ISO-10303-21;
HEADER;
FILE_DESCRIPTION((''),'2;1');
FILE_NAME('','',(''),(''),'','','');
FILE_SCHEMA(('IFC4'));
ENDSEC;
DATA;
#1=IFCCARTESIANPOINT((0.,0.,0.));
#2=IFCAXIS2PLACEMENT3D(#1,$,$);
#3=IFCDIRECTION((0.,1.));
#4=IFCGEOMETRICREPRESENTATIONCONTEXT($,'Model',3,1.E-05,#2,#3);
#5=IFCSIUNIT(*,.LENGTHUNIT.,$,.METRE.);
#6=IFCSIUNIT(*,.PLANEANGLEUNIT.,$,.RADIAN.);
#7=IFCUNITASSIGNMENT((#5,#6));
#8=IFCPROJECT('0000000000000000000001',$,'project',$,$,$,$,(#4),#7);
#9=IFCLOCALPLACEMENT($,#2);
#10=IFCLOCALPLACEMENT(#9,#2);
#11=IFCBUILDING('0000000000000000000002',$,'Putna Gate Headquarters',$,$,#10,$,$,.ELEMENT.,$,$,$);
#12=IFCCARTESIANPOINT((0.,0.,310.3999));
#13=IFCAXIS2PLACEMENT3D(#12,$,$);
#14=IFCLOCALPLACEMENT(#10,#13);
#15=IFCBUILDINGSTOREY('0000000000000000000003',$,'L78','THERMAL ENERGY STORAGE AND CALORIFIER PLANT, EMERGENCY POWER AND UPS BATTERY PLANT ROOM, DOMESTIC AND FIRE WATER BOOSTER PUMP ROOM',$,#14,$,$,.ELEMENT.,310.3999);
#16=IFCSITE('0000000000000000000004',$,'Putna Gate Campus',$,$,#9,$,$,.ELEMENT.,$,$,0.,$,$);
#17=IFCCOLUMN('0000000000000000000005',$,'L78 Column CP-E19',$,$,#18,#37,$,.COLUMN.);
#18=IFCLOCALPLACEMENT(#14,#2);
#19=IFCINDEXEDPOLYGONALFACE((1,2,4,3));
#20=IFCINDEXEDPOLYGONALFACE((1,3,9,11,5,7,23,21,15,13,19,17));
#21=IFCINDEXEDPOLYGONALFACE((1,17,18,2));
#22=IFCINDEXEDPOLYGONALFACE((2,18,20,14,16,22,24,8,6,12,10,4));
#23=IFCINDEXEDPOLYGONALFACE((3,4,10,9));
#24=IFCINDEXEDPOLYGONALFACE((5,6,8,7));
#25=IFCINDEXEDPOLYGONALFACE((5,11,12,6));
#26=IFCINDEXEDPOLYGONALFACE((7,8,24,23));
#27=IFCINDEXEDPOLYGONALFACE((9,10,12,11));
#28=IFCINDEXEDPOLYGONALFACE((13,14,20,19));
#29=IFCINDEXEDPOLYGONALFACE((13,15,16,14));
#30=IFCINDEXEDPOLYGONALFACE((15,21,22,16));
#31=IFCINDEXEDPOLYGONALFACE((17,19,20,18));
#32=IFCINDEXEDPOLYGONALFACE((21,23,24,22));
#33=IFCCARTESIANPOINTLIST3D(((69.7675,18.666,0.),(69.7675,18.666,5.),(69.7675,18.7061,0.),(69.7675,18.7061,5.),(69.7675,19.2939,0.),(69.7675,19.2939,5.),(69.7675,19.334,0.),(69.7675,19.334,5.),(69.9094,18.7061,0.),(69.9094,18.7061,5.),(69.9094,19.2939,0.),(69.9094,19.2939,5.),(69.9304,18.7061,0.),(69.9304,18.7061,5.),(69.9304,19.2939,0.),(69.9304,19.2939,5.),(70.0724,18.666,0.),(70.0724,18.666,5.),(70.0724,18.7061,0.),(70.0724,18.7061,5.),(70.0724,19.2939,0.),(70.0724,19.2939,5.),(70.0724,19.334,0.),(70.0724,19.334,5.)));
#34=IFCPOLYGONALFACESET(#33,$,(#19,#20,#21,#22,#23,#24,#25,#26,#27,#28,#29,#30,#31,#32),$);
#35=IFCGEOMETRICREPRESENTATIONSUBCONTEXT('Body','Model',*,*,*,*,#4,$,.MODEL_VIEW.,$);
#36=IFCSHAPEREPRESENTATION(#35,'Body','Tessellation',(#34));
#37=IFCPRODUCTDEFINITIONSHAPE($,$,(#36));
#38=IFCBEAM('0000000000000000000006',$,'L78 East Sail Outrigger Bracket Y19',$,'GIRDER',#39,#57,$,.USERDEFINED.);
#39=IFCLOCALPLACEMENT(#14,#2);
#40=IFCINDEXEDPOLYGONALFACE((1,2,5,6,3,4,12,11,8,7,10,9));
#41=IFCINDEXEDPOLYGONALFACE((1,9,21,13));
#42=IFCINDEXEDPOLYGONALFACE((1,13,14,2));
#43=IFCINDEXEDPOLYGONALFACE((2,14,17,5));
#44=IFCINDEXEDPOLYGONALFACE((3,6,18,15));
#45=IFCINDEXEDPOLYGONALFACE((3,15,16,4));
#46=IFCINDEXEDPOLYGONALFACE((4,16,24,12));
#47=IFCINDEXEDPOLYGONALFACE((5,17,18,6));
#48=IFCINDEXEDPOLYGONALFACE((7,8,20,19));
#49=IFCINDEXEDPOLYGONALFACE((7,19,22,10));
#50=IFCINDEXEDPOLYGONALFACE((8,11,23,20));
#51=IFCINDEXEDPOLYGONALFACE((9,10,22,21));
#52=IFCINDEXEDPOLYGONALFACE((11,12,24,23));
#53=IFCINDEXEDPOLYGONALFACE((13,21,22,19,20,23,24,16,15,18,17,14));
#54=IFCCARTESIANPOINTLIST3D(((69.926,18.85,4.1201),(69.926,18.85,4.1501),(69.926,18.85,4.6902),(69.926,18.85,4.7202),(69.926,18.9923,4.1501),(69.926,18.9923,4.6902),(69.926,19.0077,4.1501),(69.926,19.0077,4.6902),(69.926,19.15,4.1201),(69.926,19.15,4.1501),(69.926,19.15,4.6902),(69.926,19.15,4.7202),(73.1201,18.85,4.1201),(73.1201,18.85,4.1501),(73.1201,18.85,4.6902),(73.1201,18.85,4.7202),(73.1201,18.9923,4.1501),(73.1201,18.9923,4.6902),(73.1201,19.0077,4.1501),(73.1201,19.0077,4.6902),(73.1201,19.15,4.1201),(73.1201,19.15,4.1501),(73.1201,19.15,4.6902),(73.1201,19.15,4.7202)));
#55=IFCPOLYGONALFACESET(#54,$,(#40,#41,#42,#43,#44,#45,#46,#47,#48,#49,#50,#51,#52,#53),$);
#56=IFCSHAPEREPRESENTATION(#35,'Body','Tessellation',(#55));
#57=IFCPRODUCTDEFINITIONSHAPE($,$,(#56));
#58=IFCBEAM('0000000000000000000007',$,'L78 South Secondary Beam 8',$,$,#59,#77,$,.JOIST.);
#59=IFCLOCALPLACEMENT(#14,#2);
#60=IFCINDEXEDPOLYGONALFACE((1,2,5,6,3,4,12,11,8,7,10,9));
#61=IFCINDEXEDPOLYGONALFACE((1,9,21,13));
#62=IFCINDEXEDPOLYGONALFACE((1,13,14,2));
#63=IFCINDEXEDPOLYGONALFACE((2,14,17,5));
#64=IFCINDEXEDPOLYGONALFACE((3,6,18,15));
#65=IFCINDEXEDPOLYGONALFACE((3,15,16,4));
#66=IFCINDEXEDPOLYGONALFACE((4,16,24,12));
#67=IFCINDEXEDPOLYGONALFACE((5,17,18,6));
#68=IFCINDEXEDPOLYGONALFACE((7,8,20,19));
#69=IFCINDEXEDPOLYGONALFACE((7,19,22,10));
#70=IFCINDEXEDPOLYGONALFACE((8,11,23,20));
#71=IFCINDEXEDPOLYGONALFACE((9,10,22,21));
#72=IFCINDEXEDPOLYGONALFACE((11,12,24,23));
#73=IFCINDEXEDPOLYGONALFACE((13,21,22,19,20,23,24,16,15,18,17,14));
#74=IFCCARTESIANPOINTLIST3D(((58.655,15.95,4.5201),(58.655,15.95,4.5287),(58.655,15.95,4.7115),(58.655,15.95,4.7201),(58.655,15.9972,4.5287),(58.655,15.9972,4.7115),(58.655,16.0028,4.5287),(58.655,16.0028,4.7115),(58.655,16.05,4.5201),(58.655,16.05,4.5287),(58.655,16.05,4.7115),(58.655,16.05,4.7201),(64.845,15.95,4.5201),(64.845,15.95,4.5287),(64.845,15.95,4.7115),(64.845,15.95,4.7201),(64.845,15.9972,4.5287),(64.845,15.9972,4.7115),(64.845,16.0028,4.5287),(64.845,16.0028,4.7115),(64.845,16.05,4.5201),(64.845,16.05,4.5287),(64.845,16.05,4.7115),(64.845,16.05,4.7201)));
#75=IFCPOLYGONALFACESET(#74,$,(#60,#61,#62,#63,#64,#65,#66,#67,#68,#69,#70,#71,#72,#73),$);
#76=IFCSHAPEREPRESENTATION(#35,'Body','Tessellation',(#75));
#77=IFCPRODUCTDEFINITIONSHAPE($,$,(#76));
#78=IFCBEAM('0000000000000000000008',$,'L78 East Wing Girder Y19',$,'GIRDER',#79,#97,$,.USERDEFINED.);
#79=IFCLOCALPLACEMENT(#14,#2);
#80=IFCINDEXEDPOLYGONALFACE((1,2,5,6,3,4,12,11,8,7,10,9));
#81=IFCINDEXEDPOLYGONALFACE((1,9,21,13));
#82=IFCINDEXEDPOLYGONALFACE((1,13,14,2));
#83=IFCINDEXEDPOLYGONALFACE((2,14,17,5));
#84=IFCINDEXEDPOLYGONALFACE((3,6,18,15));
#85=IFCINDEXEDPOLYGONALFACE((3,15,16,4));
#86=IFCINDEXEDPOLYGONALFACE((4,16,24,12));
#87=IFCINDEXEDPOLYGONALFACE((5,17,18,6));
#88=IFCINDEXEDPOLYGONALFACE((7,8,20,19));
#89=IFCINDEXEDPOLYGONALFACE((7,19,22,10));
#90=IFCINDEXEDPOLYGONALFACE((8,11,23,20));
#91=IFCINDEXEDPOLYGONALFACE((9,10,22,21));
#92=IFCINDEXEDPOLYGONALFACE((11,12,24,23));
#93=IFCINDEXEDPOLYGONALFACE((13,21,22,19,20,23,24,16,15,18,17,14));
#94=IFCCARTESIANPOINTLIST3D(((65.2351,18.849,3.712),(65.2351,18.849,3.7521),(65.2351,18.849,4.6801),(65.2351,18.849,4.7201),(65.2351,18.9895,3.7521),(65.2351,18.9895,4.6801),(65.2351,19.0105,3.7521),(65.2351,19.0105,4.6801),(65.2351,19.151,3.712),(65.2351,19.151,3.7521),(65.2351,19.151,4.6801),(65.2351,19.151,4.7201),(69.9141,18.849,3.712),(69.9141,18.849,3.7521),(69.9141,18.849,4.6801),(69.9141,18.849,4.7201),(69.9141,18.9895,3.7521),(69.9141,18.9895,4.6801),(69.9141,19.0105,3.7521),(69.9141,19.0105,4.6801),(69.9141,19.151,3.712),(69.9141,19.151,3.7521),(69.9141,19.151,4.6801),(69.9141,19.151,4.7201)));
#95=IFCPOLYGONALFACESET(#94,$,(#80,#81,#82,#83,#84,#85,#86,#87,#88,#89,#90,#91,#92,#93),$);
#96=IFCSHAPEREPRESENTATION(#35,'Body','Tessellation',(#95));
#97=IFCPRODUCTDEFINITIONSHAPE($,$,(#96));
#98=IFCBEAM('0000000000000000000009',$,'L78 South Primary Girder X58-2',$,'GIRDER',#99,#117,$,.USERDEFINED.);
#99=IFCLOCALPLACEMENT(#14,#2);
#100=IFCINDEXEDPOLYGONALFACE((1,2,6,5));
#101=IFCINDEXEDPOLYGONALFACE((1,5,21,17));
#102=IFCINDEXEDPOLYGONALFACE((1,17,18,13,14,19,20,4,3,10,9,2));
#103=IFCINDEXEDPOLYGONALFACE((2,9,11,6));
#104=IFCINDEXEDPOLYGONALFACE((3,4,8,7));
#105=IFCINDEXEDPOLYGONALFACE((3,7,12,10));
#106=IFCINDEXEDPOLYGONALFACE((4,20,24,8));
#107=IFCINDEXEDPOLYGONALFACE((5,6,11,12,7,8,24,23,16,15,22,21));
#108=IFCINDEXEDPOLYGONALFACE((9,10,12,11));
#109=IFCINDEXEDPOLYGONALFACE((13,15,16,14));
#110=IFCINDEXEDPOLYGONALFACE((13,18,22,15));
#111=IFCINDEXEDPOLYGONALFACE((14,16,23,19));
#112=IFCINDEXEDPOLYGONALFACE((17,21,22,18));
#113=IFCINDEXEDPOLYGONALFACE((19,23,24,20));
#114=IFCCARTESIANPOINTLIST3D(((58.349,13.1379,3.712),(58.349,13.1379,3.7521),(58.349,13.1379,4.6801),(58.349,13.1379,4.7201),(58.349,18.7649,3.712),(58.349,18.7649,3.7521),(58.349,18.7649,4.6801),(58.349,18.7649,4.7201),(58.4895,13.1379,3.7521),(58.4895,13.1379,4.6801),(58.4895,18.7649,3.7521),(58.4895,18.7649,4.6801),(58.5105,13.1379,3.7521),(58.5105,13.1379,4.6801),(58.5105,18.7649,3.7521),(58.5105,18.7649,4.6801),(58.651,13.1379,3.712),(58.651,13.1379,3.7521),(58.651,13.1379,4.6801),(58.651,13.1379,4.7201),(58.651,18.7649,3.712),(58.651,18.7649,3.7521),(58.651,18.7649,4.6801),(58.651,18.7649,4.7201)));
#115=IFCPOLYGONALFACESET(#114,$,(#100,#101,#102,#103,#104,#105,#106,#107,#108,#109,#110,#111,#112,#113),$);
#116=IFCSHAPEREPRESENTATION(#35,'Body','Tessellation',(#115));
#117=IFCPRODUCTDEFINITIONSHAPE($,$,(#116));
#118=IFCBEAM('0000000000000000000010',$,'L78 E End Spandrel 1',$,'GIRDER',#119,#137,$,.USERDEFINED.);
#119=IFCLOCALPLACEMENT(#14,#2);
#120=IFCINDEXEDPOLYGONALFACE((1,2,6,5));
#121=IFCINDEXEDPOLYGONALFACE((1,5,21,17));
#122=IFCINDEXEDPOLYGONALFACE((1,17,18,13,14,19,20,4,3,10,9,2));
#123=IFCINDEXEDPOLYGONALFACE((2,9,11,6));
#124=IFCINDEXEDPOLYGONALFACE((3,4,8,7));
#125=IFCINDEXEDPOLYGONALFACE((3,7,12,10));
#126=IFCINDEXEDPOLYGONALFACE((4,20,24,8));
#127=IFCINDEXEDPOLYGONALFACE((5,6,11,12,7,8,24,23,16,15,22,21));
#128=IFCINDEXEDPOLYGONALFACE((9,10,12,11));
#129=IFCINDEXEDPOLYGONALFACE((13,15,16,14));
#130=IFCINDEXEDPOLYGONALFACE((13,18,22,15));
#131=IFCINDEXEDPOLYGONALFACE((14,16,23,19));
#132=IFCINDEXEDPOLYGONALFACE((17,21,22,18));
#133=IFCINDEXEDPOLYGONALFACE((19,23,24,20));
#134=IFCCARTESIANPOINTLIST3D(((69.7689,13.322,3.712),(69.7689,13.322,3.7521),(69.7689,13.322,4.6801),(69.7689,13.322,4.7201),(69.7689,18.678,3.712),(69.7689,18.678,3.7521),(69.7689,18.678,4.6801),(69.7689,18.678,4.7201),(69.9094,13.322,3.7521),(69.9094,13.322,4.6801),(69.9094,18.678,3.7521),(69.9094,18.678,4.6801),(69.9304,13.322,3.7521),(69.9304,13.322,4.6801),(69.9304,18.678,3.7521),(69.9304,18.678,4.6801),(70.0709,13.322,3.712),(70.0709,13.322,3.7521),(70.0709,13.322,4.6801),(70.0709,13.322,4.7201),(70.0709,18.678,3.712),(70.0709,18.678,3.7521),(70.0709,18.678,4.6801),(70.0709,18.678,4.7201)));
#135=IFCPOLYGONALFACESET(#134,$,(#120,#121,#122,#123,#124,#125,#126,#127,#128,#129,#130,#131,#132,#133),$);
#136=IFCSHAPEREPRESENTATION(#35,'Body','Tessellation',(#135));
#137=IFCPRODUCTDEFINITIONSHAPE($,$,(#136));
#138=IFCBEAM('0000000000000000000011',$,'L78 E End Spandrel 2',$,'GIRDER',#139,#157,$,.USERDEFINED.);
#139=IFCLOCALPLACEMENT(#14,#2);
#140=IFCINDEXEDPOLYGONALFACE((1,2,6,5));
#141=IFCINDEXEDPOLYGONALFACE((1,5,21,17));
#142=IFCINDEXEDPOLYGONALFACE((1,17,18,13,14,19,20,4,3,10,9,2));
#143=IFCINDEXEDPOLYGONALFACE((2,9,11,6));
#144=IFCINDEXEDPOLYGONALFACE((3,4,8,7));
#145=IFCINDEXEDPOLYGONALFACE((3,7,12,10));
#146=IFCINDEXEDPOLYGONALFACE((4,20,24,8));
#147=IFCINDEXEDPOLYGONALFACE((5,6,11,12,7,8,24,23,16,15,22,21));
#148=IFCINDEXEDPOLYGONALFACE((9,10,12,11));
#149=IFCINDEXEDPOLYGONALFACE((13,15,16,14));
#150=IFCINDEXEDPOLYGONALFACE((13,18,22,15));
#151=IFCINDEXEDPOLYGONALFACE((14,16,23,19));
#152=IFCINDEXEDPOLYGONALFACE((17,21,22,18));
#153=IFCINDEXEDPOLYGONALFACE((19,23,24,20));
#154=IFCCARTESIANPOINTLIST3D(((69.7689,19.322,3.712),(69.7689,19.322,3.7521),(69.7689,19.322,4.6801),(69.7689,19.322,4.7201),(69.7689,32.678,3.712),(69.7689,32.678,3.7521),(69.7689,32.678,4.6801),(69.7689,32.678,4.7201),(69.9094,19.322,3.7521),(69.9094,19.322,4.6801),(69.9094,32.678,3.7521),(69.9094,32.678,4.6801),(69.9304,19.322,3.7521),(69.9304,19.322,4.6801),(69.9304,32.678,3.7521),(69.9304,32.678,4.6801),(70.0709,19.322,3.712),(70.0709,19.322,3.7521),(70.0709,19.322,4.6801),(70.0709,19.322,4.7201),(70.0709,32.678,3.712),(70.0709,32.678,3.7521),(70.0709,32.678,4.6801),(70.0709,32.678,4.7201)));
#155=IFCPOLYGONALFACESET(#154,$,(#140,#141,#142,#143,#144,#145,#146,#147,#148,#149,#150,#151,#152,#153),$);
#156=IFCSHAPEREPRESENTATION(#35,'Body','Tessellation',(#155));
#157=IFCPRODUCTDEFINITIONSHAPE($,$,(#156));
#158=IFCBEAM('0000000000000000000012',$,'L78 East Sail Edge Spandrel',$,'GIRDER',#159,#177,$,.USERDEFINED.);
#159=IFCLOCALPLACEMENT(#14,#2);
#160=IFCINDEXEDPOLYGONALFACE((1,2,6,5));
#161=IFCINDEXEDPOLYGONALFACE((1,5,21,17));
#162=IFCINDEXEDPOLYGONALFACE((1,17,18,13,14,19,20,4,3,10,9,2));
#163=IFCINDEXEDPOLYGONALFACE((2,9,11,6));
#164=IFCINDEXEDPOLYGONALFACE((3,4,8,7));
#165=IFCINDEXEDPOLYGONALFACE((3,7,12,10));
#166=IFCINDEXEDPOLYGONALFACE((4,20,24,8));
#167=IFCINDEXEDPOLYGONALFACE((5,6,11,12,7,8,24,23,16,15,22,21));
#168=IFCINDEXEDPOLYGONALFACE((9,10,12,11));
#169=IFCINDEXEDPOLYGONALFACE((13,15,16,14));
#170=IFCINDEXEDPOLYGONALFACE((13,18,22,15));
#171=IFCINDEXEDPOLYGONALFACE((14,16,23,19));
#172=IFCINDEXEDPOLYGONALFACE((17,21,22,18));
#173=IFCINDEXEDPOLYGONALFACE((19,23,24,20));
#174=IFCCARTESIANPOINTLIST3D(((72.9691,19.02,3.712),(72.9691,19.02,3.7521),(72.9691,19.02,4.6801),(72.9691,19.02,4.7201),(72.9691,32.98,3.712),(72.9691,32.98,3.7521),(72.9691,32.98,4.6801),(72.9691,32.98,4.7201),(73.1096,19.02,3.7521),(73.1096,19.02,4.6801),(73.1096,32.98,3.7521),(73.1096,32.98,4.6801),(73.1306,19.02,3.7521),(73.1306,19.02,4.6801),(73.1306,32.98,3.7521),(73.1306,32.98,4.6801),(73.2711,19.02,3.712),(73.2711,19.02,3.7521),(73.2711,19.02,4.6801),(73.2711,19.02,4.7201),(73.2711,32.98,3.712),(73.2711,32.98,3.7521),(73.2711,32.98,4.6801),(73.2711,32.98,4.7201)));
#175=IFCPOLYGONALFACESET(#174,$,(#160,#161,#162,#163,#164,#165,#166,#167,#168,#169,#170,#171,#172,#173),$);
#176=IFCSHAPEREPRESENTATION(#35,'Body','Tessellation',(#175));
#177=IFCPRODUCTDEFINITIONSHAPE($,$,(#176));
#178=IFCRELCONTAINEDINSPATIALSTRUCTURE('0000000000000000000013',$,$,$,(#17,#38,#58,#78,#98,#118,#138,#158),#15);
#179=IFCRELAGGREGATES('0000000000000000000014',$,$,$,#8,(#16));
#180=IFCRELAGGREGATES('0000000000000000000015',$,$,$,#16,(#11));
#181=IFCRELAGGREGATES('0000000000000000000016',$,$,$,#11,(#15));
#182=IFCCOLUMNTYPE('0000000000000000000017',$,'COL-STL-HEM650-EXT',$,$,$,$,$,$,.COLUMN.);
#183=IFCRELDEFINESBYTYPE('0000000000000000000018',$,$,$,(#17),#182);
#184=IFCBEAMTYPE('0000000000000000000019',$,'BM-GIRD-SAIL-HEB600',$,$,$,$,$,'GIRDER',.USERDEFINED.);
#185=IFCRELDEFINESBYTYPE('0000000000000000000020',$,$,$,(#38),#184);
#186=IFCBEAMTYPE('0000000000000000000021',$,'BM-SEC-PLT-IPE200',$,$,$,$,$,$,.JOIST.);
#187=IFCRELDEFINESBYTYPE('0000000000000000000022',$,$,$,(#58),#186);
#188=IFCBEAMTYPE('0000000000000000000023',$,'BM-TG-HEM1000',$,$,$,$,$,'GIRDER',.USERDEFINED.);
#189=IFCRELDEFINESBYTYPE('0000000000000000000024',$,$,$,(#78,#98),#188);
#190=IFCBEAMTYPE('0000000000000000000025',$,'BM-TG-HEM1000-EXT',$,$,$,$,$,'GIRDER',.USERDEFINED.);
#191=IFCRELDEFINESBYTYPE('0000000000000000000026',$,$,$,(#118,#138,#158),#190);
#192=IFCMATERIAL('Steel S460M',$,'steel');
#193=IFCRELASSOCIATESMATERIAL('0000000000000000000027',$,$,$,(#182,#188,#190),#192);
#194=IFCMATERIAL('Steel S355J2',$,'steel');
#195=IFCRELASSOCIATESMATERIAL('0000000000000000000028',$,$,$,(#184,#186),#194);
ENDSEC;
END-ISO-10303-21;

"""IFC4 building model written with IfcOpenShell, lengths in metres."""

from ifc_helpers import new_model, si_unit, direction, frame, origin, origin_2d, place, context, subcontext, project, spatial, i_section, extrude, material, material_profile, profile_set, type_object, element, save


model = new_model("IFC4")

# Units and contexts
model_context = context("Model", 3, precision=1e-05, world=origin(), true_north=direction((0.0, 1.0)))
body_context = subcontext(model_context, "Body", "Model", "MODEL_VIEW")
ifc_project = project(units=[si_unit("LENGTHUNIT", "METRE"), si_unit("PLANEANGLEUNIT", "RADIAN")], contexts=[model_context])

# Site, building, storey
site_placement = place(None, origin())
site = spatial("IfcSite", under=ifc_project, at=site_placement, Name="Putna Gate Campus", CompositionType="ELEMENT", RefElevation=0.0)
building_placement = place(site_placement, origin())
building = spatial("IfcBuilding", under=site, at=building_placement, Name="Putna Gate Headquarters", CompositionType="ELEMENT")
storey_placement = place(building_placement, frame((0.0, 0.0, 310.3999)))
storey = spatial("IfcBuildingStorey", under=building, at=storey_placement, Name="L78", Description="THERMAL ENERGY STORAGE AND CALORIFIER PLANT, EMERGENCY POWER AND UPS BATTERY PLANT ROOM, DOMESTIC AND FIRE WATER BOOSTER PUMP ROOM", CompositionType="ELEMENT", Elevation=310.3999)

# Column
ifc_material_1 = material(Name="Steel S460M", Category="steel")
ifc_material_profile_1 = material_profile(ifc_material_1, i_section(OverallWidth=0.3049, OverallDepth=0.668, WebThickness=0.021, FlangeThickness=0.04, at=origin_2d()), Name="Steel S460M")
ifc_profile_set_1 = profile_set([ifc_material_profile_1], Name="Steel S460M")
column_type = type_object("IfcColumnType", Name="COL-STL-HEM650-EXT", PredefinedType="COLUMN", material=ifc_profile_set_1)
column_placement = place(storey_placement, frame((69.9199, 19.0, 0.0), z_axis=(0.0, 0.0, 1.0), x_axis=(1.0, 0.0, 0.0)))
element("IfcColumn", 1, at=column_placement, inside=storey, type_object=column_type, Name="L78 Column CP-E19", PredefinedType="COLUMN", context=body_context, shape_type="SweptSolid", body=[
    extrude(i_section(OverallWidth=0.3049, OverallDepth=0.668, WebThickness=0.021, FlangeThickness=0.04, at=origin_2d()), origin(), (0.0, 0.0, 1.0), 5.0),
])

# Beams
ifc_material_2 = material(Name="Steel S355J2", Category="steel")
ifc_material_profile_2 = material_profile(ifc_material_2, i_section(OverallWidth=0.3, OverallDepth=0.6001, WebThickness=0.0154, FlangeThickness=0.03, at=origin_2d()), Name="Steel S355J2")
ifc_profile_set_2 = profile_set([ifc_material_profile_2], Name="Steel S355J2")
beam_type_1 = type_object("IfcBeamType", Name="BM-GIRD-SAIL-HEB600", ElementType="GIRDER", PredefinedType="USERDEFINED", material=ifc_profile_set_2)
beam_1_placement = place(storey_placement, frame((69.926, 19.0, 4.4202), z_axis=(1.0, 0.0, 0.0), x_axis=(0.0, 1.0, 0.0)))
element("IfcBeam", 2, at=beam_1_placement, inside=storey, type_object=beam_type_1, Name="L78 East Sail Outrigger Bracket Y19", ObjectType="GIRDER", PredefinedType="USERDEFINED", context=body_context, shape_type="SweptSolid", body=[
    extrude(i_section(OverallWidth=0.3, OverallDepth=0.6001, WebThickness=0.0154, FlangeThickness=0.03, at=origin_2d()), origin(), (0.0, 0.0, 1.0), 3.1941),
])
ifc_material_profile_3 = material_profile(ifc_material_2, i_section(OverallWidth=0.1001, OverallDepth=0.2, WebThickness=0.0056, FlangeThickness=0.0085, at=origin_2d()), Name="Steel S355J2")
ifc_profile_set_3 = profile_set([ifc_material_profile_3], Name="Steel S355J2")
beam_type_2 = type_object("IfcBeamType", Name="BM-SEC-PLT-IPE200", PredefinedType="JOIST", material=ifc_profile_set_3)
beam_2_placement = place(storey_placement, frame((58.655, 16.0, 4.6201), z_axis=(1.0, 0.0, 0.0), x_axis=(0.0, 1.0, 0.0)))
element("IfcBeam", 3, at=beam_2_placement, inside=storey, type_object=beam_type_2, Name="L78 South Secondary Beam 8", PredefinedType="JOIST", context=body_context, shape_type="SweptSolid", body=[
    extrude(i_section(OverallWidth=0.1001, OverallDepth=0.2, WebThickness=0.0056, FlangeThickness=0.0085, at=origin_2d()), origin(), (0.0, 0.0, 1.0), 6.1899),
])
ifc_material_profile_4 = material_profile(ifc_material_1, i_section(OverallWidth=0.302, OverallDepth=1.0081, WebThickness=0.021, FlangeThickness=0.04, at=origin_2d()), Name="Steel S460M")
ifc_profile_set_4 = profile_set([ifc_material_profile_4], Name="Steel S460M")
beam_type_3 = type_object("IfcBeamType", Name="BM-TG-HEM1000", ElementType="GIRDER", PredefinedType="USERDEFINED", material=ifc_profile_set_4)
beam_3_placement = place(storey_placement, frame((65.2351, 19.0, 4.2161), z_axis=(1.0, 0.0, 0.0), x_axis=(0.0, 1.0, 0.0)))
element("IfcBeam", 4, at=beam_3_placement, inside=storey, type_object=beam_type_3, Name="L78 East Wing Girder Y19", ObjectType="GIRDER", PredefinedType="USERDEFINED", context=body_context, shape_type="SweptSolid", body=[
    extrude(i_section(OverallWidth=0.302, OverallDepth=1.0081, WebThickness=0.021, FlangeThickness=0.04, at=origin_2d()), origin(), (0.0, 0.0, 1.0), 4.679),
])
beam_4_placement = place(storey_placement, frame((58.5, 13.1379, 4.2161), z_axis=(0.0, 1.0, 0.0), x_axis=(-1.0, 0.0, 0.0)))
element("IfcBeam", 5, at=beam_4_placement, inside=storey, type_object=beam_type_3, Name="L78 South Primary Girder X58-2", ObjectType="GIRDER", PredefinedType="USERDEFINED", context=body_context, shape_type="SweptSolid", body=[
    extrude(i_section(OverallWidth=0.302, OverallDepth=1.0081, WebThickness=0.021, FlangeThickness=0.04, at=origin_2d()), origin(), (0.0, 0.0, 1.0), 5.627),
])
ifc_material_profile_5 = material_profile(ifc_material_1, i_section(OverallWidth=0.302, OverallDepth=1.0081, WebThickness=0.021, FlangeThickness=0.04, at=origin_2d()), Name="Steel S460M")
ifc_profile_set_5 = profile_set([ifc_material_profile_5], Name="Steel S460M")
beam_type_4 = type_object("IfcBeamType", Name="BM-TG-HEM1000-EXT", ElementType="GIRDER", PredefinedType="USERDEFINED", material=ifc_profile_set_5)
beam_5_placement = place(storey_placement, frame((69.9199, 13.322, 4.2161), z_axis=(0.0, 1.0, 0.0), x_axis=(-1.0, 0.0, 0.0)))
element("IfcBeam", 6, at=beam_5_placement, inside=storey, type_object=beam_type_4, Name="L78 E End Spandrel 1", ObjectType="GIRDER", PredefinedType="USERDEFINED", context=body_context, shape_type="SweptSolid", body=[
    extrude(i_section(OverallWidth=0.302, OverallDepth=1.0081, WebThickness=0.021, FlangeThickness=0.04, at=origin_2d()), origin(), (0.0, 0.0, 1.0), 5.356),
])
beam_6_placement = place(storey_placement, frame((69.9199, 19.322, 4.2161), z_axis=(0.0, 1.0, 0.0), x_axis=(-1.0, 0.0, 0.0)))
element("IfcBeam", 7, at=beam_6_placement, inside=storey, type_object=beam_type_4, Name="L78 E End Spandrel 2", ObjectType="GIRDER", PredefinedType="USERDEFINED", context=body_context, shape_type="SweptSolid", body=[
    extrude(i_section(OverallWidth=0.302, OverallDepth=1.0081, WebThickness=0.021, FlangeThickness=0.04, at=origin_2d()), origin(), (0.0, 0.0, 1.0), 13.356),
])
beam_7_placement = place(storey_placement, frame((73.1201, 19.02, 4.2161), z_axis=(0.0, 1.0, 0.0), x_axis=(-1.0, 0.0, 0.0)))
element("IfcBeam", 8, at=beam_7_placement, inside=storey, type_object=beam_type_4, Name="L78 East Sail Edge Spandrel", ObjectType="GIRDER", PredefinedType="USERDEFINED", context=body_context, shape_type="SweptSolid", body=[
    extrude(i_section(OverallWidth=0.302, OverallDepth=1.0081, WebThickness=0.021, FlangeThickness=0.04, at=origin_2d()), origin(), (0.0, 0.0, 1.0), 13.96),
])

save(model, "model.ifc")
